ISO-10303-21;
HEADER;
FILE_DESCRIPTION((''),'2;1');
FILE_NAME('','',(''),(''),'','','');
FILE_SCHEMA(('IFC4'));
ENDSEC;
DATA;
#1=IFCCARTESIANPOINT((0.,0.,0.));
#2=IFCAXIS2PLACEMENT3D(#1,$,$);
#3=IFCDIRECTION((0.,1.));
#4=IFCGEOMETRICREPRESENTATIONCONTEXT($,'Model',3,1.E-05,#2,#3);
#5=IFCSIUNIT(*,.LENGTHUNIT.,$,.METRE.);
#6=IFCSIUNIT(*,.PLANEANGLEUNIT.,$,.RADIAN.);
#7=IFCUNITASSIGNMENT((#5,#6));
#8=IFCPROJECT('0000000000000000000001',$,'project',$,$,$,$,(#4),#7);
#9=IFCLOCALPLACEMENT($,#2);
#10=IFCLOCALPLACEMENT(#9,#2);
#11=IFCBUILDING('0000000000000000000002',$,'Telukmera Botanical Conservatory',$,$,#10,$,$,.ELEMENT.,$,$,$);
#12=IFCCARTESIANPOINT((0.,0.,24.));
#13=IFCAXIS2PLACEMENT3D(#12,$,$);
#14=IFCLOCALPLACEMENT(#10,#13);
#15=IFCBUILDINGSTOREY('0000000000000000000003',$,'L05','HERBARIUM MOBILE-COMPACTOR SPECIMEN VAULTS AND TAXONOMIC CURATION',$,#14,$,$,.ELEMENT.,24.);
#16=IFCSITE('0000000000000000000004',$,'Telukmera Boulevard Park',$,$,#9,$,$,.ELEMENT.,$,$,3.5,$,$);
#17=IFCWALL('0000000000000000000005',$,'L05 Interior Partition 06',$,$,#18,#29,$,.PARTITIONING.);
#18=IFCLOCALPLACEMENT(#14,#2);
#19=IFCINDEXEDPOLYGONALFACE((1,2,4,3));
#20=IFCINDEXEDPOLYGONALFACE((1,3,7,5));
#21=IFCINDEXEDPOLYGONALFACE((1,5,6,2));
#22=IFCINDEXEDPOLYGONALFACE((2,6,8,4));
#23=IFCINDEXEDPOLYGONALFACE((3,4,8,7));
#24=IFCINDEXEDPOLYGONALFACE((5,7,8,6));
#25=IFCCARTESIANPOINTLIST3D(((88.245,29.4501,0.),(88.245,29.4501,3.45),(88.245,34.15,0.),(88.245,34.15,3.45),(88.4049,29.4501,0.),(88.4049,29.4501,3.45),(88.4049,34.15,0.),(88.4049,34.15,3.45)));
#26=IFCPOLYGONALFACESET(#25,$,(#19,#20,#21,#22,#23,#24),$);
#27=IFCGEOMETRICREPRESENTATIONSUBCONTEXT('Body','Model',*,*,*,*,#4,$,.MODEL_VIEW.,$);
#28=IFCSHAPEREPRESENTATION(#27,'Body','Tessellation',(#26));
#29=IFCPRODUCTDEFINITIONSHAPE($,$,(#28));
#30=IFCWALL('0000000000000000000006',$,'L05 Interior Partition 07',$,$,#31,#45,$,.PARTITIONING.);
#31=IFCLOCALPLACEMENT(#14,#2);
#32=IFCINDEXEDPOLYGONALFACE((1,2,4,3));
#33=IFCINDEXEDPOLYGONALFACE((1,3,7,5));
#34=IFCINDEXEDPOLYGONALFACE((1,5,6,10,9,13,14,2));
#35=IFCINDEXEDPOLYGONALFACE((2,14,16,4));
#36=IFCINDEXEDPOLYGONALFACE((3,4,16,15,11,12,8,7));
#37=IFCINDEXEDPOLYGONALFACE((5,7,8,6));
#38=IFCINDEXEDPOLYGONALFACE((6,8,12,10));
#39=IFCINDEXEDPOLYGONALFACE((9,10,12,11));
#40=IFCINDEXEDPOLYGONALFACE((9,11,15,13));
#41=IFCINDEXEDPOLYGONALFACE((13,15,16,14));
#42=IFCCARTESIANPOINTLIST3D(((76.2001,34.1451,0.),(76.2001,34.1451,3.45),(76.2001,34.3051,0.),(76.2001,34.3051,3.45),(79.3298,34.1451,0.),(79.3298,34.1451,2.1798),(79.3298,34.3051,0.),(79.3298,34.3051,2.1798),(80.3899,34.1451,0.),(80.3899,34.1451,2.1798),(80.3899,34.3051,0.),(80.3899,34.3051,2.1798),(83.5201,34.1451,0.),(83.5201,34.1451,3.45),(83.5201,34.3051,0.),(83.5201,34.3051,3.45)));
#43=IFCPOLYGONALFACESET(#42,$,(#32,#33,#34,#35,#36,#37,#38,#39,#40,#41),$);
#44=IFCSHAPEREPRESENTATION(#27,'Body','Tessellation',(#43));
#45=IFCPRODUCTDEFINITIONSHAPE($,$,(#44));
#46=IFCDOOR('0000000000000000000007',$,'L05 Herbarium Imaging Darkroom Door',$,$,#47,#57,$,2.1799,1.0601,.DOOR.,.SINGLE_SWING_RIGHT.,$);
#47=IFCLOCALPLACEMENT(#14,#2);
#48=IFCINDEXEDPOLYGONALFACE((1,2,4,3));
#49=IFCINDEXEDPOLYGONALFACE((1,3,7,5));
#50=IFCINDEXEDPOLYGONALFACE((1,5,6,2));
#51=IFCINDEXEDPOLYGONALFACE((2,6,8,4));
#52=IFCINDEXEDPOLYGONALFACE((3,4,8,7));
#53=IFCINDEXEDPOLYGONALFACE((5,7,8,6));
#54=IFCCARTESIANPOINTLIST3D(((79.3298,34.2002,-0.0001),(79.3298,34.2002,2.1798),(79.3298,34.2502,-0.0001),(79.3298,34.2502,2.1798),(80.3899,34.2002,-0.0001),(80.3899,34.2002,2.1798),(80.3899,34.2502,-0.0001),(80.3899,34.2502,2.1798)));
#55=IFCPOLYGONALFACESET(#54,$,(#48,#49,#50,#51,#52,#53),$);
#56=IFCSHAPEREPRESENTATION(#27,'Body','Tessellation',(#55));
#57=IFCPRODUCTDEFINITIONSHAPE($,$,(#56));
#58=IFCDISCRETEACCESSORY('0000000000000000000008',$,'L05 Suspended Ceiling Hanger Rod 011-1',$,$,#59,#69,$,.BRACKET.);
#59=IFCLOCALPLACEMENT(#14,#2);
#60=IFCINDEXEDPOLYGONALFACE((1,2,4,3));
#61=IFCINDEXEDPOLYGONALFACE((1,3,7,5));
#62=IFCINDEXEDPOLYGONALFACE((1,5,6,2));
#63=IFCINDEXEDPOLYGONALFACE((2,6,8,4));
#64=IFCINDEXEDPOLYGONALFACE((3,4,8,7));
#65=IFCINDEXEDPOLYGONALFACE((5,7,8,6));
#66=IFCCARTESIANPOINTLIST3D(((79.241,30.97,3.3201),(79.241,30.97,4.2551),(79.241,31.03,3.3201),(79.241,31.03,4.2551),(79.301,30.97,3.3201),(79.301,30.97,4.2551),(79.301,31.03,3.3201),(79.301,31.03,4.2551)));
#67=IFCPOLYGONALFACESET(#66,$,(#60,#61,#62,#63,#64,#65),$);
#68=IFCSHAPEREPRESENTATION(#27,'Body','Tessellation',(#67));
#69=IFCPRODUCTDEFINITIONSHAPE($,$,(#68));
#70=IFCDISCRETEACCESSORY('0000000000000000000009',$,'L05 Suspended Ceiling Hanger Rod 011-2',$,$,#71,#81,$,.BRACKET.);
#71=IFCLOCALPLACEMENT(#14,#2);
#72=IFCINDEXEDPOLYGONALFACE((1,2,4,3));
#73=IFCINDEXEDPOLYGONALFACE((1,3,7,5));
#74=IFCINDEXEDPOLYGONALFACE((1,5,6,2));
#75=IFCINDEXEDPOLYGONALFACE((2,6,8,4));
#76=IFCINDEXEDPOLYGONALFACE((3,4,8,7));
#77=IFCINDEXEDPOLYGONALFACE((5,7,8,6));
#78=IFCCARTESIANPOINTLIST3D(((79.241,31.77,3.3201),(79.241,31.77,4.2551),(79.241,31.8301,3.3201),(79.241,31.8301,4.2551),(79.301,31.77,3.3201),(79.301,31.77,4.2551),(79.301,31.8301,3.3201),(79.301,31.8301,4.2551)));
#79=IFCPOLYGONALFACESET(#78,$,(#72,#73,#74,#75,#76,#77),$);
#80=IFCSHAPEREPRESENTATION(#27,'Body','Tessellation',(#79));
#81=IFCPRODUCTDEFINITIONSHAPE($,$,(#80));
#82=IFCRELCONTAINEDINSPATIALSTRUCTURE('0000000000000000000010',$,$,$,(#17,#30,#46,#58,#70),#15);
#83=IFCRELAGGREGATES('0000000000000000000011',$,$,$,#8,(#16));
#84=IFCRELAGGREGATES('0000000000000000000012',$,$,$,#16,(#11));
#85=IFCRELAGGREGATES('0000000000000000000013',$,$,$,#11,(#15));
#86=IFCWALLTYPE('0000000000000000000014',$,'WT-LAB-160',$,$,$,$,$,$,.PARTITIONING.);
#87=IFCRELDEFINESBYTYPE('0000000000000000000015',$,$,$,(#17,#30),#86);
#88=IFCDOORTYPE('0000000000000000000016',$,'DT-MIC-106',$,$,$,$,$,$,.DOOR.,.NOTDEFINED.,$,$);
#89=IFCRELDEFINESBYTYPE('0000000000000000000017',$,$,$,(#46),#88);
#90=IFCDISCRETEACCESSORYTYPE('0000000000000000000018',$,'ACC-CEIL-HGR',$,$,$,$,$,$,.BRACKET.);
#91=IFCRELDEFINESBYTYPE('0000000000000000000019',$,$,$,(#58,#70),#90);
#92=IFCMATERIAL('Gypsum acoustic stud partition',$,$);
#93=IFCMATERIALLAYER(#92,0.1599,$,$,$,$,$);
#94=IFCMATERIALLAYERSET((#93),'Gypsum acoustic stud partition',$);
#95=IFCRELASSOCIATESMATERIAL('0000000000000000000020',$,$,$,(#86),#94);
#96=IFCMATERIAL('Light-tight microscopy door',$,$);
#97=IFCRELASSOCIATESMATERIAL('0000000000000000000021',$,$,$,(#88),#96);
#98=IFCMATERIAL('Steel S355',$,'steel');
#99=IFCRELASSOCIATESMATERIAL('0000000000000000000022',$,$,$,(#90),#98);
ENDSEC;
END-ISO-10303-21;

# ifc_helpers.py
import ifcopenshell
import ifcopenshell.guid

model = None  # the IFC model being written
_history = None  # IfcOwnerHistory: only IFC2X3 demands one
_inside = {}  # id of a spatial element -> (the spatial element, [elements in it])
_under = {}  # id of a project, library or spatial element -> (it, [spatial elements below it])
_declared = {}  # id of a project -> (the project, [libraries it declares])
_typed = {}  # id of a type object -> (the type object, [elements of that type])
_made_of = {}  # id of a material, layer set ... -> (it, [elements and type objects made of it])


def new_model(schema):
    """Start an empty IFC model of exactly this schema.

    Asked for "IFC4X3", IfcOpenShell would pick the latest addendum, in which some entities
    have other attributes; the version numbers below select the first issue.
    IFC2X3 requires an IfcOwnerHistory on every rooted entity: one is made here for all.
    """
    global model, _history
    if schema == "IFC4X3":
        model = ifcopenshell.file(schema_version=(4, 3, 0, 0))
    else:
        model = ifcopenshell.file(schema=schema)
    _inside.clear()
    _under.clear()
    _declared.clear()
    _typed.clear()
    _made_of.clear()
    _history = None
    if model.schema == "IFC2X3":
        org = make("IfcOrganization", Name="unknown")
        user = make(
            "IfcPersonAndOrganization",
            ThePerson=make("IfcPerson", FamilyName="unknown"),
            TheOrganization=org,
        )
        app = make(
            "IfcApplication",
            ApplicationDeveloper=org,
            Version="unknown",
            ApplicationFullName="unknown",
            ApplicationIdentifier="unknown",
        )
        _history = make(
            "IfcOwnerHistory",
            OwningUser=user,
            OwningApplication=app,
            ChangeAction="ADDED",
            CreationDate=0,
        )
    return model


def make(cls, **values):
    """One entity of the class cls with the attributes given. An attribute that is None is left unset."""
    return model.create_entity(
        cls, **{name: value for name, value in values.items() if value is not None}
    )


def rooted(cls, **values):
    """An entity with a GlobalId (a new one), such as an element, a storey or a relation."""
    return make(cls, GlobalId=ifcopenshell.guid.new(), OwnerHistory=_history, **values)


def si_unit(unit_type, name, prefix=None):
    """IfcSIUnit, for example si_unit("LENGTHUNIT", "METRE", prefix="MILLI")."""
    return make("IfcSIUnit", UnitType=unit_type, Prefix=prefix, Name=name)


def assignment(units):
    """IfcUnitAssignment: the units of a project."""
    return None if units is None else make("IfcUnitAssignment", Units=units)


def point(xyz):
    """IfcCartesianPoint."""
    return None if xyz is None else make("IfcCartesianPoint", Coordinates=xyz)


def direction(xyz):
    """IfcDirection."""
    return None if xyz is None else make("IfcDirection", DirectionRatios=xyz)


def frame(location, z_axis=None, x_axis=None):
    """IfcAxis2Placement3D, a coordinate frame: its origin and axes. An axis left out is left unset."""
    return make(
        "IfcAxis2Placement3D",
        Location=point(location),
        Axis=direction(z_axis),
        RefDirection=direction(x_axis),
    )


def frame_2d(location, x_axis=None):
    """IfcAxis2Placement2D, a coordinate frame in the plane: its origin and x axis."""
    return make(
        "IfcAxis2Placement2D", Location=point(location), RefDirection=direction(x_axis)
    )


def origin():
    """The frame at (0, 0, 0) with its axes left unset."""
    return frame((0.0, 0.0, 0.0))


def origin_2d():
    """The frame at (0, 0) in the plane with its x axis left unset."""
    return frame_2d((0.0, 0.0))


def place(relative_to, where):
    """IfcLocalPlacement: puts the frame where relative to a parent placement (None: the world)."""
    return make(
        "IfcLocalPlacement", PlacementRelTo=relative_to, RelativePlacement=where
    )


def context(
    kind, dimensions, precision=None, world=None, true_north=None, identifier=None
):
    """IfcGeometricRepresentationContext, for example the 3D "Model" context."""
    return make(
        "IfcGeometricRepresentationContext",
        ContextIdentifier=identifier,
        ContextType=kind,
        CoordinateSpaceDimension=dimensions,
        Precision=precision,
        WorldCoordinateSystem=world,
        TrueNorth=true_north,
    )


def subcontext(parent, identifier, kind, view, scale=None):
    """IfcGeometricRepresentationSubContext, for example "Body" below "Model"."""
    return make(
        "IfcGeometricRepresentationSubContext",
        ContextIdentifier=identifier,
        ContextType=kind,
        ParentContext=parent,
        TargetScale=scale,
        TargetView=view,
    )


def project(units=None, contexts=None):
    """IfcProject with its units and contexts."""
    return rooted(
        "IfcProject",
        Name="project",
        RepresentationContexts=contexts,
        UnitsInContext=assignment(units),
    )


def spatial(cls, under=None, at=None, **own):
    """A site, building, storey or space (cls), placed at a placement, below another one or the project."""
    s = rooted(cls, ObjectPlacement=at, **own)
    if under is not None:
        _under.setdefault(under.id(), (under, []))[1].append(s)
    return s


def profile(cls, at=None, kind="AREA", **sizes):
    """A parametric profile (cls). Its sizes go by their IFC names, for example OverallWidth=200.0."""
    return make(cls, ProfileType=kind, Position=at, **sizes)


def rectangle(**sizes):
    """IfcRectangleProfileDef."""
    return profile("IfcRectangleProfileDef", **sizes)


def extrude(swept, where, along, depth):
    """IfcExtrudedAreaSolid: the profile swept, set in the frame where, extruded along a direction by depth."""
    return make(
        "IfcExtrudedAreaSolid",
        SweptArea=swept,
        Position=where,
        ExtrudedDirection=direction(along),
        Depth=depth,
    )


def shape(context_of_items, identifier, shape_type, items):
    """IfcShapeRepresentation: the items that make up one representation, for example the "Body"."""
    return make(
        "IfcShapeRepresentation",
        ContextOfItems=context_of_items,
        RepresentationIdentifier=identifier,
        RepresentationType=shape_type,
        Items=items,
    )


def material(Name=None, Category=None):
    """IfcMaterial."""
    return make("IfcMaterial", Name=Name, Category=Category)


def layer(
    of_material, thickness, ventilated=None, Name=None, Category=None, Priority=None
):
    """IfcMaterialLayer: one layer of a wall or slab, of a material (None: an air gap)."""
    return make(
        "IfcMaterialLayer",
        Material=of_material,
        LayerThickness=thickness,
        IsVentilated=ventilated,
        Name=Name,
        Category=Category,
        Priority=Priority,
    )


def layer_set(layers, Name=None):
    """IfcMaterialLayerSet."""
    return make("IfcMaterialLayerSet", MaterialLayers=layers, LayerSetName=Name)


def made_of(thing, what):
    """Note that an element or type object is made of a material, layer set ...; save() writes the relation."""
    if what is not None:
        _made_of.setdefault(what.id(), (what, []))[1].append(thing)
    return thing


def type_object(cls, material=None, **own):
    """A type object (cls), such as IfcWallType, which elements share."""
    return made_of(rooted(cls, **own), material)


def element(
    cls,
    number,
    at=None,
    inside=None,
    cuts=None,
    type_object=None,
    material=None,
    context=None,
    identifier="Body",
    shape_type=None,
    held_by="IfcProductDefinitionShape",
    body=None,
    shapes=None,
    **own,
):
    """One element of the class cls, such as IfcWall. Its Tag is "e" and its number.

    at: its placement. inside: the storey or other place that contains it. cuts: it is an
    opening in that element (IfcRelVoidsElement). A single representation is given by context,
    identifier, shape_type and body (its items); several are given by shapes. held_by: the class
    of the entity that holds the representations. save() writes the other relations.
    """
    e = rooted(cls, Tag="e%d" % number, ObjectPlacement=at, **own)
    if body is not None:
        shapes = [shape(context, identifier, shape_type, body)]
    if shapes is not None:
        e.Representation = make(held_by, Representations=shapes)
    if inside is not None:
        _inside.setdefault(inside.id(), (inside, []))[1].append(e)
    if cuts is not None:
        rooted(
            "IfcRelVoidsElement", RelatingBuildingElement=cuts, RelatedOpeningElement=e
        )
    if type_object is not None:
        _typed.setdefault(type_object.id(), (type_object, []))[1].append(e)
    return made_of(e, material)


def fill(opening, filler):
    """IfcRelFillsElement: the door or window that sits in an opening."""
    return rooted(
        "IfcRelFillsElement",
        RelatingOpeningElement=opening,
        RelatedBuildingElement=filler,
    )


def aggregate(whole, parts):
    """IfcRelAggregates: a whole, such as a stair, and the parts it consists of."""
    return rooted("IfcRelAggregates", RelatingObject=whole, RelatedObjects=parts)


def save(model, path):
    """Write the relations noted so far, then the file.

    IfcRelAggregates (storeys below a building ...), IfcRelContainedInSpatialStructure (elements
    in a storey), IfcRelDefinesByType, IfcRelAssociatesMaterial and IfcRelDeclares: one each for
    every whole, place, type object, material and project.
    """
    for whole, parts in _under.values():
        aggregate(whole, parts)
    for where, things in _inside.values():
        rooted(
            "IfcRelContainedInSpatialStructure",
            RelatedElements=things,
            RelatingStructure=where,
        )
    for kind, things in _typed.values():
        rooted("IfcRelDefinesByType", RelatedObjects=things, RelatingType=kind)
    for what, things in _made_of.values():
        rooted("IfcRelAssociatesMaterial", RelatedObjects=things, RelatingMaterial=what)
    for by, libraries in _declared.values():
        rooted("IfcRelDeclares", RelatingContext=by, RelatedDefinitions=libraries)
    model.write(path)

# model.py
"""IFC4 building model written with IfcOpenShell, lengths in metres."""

from ifc_helpers import new_model, si_unit, direction, frame, frame_2d, origin, origin_2d, place, context, subcontext, project, spatial, rectangle, extrude, material, layer, layer_set, type_object, element, fill, save


model = new_model("IFC4")

# Units and contexts
model_context = context("Model", 3, precision=1e-05, world=origin(), true_north=direction((0.0, 1.0)))
body_context = subcontext(model_context, "Body", "Model", "MODEL_VIEW")
ifc_project = project(units=[si_unit("LENGTHUNIT", "METRE"), si_unit("PLANEANGLEUNIT", "RADIAN")], contexts=[model_context])

# Site, building, storey
site_placement = place(None, origin())
site = spatial("IfcSite", under=ifc_project, at=site_placement, Name="Telukmera Boulevard Park", CompositionType="ELEMENT", RefElevation=3.5)
building_placement = place(site_placement, origin())
building = spatial("IfcBuilding", under=site, at=building_placement, Name="Telukmera Botanical Conservatory", CompositionType="ELEMENT")
storey_placement = place(building_placement, frame((0.0, 0.0, 24.0)))
storey = spatial("IfcBuildingStorey", under=building, at=storey_placement, Name="L05", Description="HERBARIUM MOBILE-COMPACTOR SPECIMEN VAULTS AND TAXONOMIC CURATION", CompositionType="ELEMENT", Elevation=24.0)

# Wall
ifc_material_1 = material(Name="Gypsum acoustic stud partition")
ifc_layer_1 = layer(ifc_material_1, 0.1599)
ifc_layer_set_1 = layer_set([ifc_layer_1], Name="Gypsum acoustic stud partition")
wall_type_1 = type_object("IfcWallType", Name="WT-LAB-160", PredefinedType="PARTITIONING", material=ifc_layer_set_1)
wall_1_placement = place(storey_placement, frame((88.325, 29.45, 0.0), z_axis=(0.0, 0.0, 1.0), x_axis=(0.0, 1.0, 0.0)))
element("IfcWall", 1, at=wall_1_placement, inside=storey, type_object=wall_type_1, Name="L05 Interior Partition 06", PredefinedType="PARTITIONING", context=body_context, shape_type="SweptSolid", body=[
    extrude(rectangle(XDim=4.7, YDim=0.1599, at=frame_2d((2.3501, 0.0))), origin(), (0.0, 0.0, 1.0), 3.45),
])

# Wall, opening, door
wall_2_placement = place(storey_placement, frame((76.2, 34.2251, 0.0), z_axis=(0.0, 0.0, 1.0), x_axis=(1.0, 0.0, 0.0)))
wall_2 = element("IfcWall", 2, at=wall_2_placement, inside=storey, type_object=wall_type_1, Name="L05 Interior Partition 07", PredefinedType="PARTITIONING", context=body_context, shape_type="SweptSolid", body=[
    extrude(rectangle(XDim=7.3201, YDim=0.1599, at=frame_2d((3.6602, 0.0))), origin(), (0.0, 0.0, 1.0), 3.45),
])
opening_1_placement = place(wall_2_placement, frame((3.1299, 0.0, 0.0)))
opening_1 = element("IfcOpeningElement", 3, at=opening_1_placement, cuts=wall_2, PredefinedType="OPENING", context=body_context, shape_type="SweptSolid", body=[
    extrude(rectangle(XDim=1.0601, YDim=2.1799, at=frame_2d((0.53, 1.0898))), frame((0.0, 0.0898, 0.0), z_axis=(0.0, -1.0, 0.0), x_axis=(1.0, 0.0, 0.0)), (0.0, 0.0, 1.0), 0.1799),
])
ifc_material_2 = material(Name="Light-tight microscopy door")
door_type_1 = type_object("IfcDoorType", Name="DT-MIC-106", OperationType="NOTDEFINED", PredefinedType="DOOR", material=ifc_material_2)
door_1_placement = place(opening_1_placement, frame((1.0601, 0.0, 0.0), z_axis=(0.0, 0.0, 1.0), x_axis=(-1.0, 0.0, 0.0)))
door_1 = element("IfcDoor", 4, at=door_1_placement, inside=storey, type_object=door_type_1, Name="L05 Herbarium Imaging Darkroom Door", OperationType="SINGLE_SWING_RIGHT", OverallHeight=2.1799, OverallWidth=1.0601, PredefinedType="DOOR", context=body_context, shape_type="SweptSolid", body=[
    extrude(rectangle(XDim=1.0601, YDim=2.1799, at=frame_2d((0.53, 1.0898))), frame((0.0, 0.0249, 0.0), z_axis=(0.0, -1.0, 0.0), x_axis=(1.0, 0.0, 0.0)), (0.0, 0.0, 1.0), 0.05),
])
fill(opening_1, door_1)

# Discrete accessories
ifc_material_3 = material(Name="Steel S355", Category="steel")
discrete_accessory_type = type_object("IfcDiscreteAccessoryType", Name="ACC-CEIL-HGR", PredefinedType="BRACKET", material=ifc_material_3)
for number, where, z_axis, x_axis, name in (
    (5, (79.271, 31.0, 3.3201), (0.0, 0.0, 1.0), (1.0, 0.0, 0.0), "L05 Suspended Ceiling Hanger Rod 011-1"),
    (6, (79.271, 31.8, 3.3201), (0.0, 0.0, 1.0), (1.0, 0.0, 0.0), "L05 Suspended Ceiling Hanger Rod 011-2"),
):
    element("IfcDiscreteAccessory", number, at=place(storey_placement, frame(where, z_axis=z_axis, x_axis=x_axis)), inside=storey, type_object=discrete_accessory_type, Name=name, PredefinedType="BRACKET", context=body_context, shape_type="SweptSolid", body=[
        extrude(rectangle(XDim=0.0601, YDim=0.0601, at=origin_2d()), origin(), (0.0, 0.0, 1.0), 0.9351),
    ])

save(model, "model.ifc")
